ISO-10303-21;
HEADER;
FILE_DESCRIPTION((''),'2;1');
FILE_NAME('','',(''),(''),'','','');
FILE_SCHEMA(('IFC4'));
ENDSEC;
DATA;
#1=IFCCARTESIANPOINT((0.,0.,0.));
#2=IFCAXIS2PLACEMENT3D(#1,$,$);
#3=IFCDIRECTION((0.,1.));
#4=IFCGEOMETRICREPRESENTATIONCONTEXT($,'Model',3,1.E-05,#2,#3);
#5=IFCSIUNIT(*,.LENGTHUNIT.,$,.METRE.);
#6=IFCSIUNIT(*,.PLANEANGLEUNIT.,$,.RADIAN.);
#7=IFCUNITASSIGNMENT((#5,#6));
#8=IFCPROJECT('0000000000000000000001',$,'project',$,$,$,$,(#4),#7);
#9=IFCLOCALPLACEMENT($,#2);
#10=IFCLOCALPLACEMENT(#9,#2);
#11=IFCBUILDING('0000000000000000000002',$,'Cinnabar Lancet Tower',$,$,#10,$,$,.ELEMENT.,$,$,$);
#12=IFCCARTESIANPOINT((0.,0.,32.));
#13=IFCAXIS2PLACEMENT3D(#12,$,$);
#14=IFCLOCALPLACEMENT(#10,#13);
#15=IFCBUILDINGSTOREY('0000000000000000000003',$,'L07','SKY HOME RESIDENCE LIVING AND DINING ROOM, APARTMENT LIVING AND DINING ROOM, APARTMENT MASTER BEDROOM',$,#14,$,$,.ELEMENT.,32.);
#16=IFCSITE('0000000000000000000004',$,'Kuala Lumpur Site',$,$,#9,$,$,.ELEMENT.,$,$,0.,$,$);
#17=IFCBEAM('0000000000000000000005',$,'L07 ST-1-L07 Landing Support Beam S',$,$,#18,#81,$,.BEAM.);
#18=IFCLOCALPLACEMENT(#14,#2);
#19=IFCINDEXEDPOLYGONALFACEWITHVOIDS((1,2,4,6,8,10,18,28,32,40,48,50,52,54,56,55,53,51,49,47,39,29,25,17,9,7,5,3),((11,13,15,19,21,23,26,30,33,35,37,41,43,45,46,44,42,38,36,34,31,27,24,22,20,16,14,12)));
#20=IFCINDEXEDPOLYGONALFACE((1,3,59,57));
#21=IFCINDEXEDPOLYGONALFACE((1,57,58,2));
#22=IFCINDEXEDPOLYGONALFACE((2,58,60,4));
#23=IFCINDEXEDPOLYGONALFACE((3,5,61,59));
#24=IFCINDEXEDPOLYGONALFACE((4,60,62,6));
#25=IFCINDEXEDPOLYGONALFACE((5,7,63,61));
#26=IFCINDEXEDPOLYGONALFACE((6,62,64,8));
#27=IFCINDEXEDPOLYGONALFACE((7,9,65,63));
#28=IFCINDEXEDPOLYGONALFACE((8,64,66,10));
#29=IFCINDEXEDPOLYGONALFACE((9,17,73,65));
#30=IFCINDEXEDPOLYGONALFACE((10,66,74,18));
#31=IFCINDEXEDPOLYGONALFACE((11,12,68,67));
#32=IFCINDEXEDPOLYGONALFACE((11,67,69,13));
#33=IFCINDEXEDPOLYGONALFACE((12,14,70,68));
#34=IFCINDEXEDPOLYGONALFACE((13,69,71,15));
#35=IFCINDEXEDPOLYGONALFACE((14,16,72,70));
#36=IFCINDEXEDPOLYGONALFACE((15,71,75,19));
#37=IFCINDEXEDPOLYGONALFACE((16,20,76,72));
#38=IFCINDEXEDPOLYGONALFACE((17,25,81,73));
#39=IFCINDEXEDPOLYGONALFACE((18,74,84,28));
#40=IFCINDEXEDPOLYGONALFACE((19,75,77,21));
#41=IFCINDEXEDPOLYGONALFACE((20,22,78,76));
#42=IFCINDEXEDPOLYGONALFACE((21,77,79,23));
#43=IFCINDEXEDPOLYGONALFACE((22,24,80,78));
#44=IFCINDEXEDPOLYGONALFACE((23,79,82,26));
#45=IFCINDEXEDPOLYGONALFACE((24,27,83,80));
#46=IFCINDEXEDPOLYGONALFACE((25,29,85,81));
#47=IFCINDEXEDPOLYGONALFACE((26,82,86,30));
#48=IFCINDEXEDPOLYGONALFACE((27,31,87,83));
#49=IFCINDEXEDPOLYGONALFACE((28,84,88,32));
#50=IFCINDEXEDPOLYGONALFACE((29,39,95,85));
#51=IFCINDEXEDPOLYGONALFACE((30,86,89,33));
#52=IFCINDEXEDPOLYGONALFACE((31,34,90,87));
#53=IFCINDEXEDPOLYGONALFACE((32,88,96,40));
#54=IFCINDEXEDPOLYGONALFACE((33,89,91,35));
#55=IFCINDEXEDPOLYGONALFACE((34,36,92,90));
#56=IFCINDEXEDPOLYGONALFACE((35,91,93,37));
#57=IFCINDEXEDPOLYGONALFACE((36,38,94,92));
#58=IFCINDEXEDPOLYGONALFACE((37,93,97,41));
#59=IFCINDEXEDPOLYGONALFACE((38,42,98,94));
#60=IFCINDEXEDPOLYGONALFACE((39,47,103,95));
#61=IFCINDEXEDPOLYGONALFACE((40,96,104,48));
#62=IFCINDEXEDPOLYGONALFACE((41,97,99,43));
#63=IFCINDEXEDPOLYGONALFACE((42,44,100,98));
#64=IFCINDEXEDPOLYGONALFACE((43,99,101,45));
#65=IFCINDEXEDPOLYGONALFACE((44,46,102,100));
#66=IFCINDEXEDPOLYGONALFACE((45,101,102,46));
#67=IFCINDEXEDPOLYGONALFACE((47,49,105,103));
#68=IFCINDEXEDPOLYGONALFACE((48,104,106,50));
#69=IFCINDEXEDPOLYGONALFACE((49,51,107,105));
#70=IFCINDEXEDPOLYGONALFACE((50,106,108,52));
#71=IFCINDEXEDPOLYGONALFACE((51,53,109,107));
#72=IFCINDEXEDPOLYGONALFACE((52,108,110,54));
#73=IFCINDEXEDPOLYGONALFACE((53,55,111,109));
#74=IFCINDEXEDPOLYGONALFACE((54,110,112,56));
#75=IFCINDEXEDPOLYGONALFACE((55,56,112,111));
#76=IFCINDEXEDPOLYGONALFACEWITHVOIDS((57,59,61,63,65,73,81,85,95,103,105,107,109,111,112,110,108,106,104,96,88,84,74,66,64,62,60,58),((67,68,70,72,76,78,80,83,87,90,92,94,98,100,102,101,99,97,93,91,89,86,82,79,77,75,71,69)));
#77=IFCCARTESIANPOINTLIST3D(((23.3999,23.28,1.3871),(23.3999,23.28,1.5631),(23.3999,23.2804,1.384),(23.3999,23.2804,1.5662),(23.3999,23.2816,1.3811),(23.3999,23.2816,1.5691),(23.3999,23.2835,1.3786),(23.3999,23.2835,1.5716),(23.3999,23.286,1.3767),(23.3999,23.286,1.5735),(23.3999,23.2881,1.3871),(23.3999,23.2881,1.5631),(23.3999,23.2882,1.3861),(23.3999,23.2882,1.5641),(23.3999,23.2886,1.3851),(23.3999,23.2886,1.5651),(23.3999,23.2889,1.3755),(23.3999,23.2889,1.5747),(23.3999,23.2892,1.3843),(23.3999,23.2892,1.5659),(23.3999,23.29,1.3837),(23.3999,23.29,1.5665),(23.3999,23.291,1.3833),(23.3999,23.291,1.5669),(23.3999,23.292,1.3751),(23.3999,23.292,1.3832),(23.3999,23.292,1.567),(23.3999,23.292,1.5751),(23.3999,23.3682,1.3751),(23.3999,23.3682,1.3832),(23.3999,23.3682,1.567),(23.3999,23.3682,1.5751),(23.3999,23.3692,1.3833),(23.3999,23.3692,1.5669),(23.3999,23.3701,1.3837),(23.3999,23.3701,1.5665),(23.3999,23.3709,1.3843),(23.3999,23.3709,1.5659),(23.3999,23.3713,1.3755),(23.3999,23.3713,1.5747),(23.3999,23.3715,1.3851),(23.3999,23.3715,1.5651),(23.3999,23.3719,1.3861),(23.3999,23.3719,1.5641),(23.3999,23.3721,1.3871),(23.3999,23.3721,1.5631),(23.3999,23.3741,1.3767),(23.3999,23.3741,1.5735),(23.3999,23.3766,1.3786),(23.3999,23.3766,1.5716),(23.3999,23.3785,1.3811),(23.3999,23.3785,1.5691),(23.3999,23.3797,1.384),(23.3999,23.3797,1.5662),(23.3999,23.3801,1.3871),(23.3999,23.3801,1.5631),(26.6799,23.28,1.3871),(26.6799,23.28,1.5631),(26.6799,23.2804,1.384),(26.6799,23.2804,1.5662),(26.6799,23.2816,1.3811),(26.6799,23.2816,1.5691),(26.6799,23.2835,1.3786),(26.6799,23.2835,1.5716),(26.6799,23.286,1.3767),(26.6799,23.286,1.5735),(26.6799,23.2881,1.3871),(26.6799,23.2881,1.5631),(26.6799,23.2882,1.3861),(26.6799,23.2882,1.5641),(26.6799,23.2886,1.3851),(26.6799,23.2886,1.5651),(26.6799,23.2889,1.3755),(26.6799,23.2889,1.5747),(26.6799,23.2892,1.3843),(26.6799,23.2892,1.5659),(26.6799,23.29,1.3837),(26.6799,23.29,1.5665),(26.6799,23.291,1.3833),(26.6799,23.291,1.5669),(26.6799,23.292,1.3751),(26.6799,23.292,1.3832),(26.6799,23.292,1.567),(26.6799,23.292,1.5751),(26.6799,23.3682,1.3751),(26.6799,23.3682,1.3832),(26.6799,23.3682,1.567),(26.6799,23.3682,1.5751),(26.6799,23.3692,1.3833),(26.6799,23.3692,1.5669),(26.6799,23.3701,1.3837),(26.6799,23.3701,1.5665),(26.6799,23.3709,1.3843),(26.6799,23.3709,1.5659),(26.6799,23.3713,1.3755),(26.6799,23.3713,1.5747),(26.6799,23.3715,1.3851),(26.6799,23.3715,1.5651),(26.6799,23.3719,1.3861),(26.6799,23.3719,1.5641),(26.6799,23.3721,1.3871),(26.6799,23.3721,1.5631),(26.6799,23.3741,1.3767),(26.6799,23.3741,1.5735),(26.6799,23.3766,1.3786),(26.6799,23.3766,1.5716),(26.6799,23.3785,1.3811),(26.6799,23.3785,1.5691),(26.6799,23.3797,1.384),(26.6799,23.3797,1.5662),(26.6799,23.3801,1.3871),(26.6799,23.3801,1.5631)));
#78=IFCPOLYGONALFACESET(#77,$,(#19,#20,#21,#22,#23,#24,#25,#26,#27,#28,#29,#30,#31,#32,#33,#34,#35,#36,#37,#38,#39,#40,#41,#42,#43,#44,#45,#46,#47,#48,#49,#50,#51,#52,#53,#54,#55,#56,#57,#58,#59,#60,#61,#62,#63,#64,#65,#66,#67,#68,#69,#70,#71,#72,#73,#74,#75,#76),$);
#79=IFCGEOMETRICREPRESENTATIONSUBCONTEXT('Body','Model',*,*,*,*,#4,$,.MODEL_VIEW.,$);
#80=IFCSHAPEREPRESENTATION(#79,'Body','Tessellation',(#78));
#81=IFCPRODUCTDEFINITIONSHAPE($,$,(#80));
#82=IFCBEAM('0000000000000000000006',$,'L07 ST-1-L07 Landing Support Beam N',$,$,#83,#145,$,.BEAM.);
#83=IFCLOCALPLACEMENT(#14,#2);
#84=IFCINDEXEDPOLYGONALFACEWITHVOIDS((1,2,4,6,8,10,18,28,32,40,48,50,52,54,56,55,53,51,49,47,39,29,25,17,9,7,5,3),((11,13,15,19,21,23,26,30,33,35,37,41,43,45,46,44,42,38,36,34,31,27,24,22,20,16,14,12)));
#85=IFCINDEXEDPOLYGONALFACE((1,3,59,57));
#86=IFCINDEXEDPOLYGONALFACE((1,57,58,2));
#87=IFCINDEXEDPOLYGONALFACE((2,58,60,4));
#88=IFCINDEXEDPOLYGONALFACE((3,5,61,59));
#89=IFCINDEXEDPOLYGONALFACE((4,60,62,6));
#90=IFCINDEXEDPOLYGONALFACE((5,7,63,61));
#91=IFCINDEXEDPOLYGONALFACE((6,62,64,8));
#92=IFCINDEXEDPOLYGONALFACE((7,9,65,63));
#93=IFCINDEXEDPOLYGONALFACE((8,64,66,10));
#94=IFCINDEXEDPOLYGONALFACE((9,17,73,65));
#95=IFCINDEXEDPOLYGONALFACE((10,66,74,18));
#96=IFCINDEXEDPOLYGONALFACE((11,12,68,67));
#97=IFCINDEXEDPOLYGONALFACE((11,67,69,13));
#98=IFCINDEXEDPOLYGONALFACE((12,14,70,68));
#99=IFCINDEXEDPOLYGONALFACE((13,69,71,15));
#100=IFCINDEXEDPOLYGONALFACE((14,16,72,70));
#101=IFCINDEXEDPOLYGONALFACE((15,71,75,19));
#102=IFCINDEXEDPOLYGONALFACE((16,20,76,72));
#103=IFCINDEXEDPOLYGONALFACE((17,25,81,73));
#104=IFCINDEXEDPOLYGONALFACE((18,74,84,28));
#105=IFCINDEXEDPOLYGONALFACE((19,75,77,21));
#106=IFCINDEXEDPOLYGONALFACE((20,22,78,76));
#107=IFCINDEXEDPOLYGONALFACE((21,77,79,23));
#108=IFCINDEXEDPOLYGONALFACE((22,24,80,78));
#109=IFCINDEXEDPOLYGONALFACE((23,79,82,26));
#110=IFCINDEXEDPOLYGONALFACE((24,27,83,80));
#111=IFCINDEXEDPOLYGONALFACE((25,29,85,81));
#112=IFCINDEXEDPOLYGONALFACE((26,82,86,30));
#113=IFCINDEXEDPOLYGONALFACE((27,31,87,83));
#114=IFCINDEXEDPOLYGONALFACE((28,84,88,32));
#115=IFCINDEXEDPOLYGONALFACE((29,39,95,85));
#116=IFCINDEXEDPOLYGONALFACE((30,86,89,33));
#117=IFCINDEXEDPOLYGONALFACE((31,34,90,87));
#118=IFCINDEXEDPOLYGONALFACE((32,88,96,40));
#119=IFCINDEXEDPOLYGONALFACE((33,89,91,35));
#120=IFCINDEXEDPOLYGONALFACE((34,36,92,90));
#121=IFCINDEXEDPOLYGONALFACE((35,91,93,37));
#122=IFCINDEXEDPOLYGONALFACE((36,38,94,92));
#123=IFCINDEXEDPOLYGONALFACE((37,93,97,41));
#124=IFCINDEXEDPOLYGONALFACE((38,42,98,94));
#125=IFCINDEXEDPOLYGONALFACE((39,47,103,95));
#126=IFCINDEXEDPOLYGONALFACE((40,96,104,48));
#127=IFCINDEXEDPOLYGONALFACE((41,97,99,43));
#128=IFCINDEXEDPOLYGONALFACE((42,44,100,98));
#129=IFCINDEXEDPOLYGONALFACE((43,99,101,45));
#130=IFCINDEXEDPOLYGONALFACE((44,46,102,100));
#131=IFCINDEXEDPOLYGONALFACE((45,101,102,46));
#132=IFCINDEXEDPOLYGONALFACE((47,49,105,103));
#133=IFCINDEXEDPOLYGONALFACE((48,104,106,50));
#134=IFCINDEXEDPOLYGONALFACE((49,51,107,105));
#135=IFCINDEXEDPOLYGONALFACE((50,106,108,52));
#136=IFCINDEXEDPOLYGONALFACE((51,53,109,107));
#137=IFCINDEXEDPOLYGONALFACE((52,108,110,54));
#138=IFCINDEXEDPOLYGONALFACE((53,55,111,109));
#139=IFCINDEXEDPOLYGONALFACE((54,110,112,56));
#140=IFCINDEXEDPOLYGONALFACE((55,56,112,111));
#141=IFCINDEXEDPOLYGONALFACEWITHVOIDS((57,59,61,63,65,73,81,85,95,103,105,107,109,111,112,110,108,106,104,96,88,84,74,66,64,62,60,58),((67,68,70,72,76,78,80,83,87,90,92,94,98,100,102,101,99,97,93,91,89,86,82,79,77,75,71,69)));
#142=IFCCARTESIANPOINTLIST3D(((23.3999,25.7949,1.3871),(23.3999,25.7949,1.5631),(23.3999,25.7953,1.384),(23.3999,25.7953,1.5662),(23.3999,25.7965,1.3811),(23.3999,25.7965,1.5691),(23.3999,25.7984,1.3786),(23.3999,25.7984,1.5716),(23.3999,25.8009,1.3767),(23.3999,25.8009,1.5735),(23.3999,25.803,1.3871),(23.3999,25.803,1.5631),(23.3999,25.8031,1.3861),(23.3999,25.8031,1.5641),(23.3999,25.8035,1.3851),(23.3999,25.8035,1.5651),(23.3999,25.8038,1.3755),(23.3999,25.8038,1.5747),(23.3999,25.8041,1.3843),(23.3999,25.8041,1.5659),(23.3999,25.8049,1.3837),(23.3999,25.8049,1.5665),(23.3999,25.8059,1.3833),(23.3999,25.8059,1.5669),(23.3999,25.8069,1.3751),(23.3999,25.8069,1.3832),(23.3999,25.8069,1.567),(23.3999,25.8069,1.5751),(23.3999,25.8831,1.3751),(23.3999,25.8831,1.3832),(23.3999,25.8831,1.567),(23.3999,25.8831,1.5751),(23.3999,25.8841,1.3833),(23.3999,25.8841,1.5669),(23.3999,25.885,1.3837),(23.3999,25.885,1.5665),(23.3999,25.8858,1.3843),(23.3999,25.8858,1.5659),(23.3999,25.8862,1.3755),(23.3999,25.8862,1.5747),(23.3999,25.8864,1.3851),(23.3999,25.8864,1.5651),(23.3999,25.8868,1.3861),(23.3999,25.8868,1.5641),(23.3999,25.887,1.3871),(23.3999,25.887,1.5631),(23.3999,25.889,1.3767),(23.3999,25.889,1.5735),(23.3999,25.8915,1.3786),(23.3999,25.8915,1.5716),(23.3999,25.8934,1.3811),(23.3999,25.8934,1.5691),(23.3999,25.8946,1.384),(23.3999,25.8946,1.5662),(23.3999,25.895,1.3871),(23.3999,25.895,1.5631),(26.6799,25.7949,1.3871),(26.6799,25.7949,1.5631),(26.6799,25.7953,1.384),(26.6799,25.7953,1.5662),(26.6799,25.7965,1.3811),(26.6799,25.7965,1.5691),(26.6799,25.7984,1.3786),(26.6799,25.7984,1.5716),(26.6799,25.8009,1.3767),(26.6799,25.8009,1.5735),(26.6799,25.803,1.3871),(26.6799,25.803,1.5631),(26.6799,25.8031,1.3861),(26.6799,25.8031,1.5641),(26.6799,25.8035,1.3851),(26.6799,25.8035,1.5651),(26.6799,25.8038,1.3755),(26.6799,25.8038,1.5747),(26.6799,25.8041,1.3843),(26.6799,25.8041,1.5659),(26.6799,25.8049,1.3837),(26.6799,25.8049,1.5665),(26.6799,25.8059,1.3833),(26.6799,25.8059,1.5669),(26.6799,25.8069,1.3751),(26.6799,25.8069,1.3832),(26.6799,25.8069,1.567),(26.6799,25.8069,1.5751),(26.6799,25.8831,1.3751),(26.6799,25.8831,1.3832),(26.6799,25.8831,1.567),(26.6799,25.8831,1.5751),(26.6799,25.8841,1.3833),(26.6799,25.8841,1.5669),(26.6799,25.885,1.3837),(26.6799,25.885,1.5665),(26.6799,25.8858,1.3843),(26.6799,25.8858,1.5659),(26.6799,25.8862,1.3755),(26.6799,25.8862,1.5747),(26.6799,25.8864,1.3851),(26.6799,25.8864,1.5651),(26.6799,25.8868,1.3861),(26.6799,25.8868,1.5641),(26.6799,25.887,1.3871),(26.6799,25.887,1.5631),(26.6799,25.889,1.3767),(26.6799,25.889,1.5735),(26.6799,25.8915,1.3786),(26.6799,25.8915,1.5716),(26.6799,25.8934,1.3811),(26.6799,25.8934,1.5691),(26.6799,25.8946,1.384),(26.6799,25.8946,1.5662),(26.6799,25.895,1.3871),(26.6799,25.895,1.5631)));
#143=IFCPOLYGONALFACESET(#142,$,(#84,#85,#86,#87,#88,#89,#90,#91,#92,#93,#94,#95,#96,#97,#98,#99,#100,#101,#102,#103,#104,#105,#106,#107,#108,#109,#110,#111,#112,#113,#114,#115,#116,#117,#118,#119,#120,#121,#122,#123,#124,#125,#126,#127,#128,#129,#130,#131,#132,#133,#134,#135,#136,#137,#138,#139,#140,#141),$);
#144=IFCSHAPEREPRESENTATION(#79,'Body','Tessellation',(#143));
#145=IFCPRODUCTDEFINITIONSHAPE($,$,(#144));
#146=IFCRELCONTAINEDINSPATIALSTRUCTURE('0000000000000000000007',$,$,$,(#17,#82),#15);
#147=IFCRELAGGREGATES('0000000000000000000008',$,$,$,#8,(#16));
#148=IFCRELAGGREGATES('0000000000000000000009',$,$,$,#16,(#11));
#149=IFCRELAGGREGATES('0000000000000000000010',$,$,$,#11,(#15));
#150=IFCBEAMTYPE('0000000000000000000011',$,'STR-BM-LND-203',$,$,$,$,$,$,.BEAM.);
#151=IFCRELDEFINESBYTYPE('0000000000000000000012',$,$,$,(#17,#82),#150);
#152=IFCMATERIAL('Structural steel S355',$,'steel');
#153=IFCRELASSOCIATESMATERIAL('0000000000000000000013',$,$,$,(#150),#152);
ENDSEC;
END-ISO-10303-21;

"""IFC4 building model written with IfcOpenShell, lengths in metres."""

from ifc_helpers import new_model, si_unit, direction, frame, origin, origin_2d, place, context, subcontext, project, spatial, hollow_rectangle, extrude, material, material_profile, profile_set, type_object, element, save


model = new_model("IFC4")

# Units and contexts
model_context = context("Model", 3, precision=1e-05, world=origin(), true_north=direction((0.0, 1.0)))
body_context = subcontext(model_context, "Body", "Model", "MODEL_VIEW")
ifc_project = project(units=[si_unit("LENGTHUNIT", "METRE"), si_unit("PLANEANGLEUNIT", "RADIAN")], contexts=[model_context])

# Site, building, storey
site_placement = place(None, origin())
site = spatial("IfcSite", under=ifc_project, at=site_placement, Name="Kuala Lumpur Site", CompositionType="ELEMENT", RefElevation=0.0)
building_placement = place(site_placement, origin())
building = spatial("IfcBuilding", under=site, at=building_placement, Name="Cinnabar Lancet Tower", CompositionType="ELEMENT")
storey_placement = place(building_placement, frame((0.0, 0.0, 32.0)))
storey = spatial("IfcBuildingStorey", under=building, at=storey_placement, Name="L07", Description="SKY HOME RESIDENCE LIVING AND DINING ROOM, APARTMENT LIVING AND DINING ROOM, APARTMENT MASTER BEDROOM", CompositionType="ELEMENT", Elevation=32.0)

# Beams
ifc_material_1 = material(Name="Structural steel S355", Category="steel")
ifc_material_profile = material_profile(ifc_material_1, hollow_rectangle(XDim=0.1001, YDim=0.2, WallThickness=0.0081, InnerFilletRadius=0.0039, OuterFilletRadius=0.012, at=origin_2d()), Name="RHS 200x100x8")
ifc_profile_set = profile_set([ifc_material_profile], Name="Structural steel S355")
beam_type = type_object("IfcBeamType", Name="STR-BM-LND-203", PredefinedType="BEAM", material=ifc_profile_set)
for number, where, z_axis, x_axis, name in (
    (1, (23.3999, 23.3301, 1.4751), (1.0, 0.0, 0.0), (0.0, 1.0, 0.0), "L07 ST-1-L07 Landing Support Beam S"),
    (2, (23.3999, 25.845, 1.4751), (1.0, 0.0, 0.0), (0.0, 1.0, 0.0), "L07 ST-1-L07 Landing Support Beam N"),
):
    element("IfcBeam", number, at=place(storey_placement, frame(where, z_axis=z_axis, x_axis=x_axis)), inside=storey, type_object=beam_type, Name=name, PredefinedType="BEAM", context=body_context, shape_type="SweptSolid", body=[
        extrude(hollow_rectangle(XDim=0.1001, YDim=0.2, WallThickness=0.0081, InnerFilletRadius=0.0039, OuterFilletRadius=0.012, at=origin_2d()), origin(), (0.0, 0.0, 1.0), 3.28),
    ])

save(model, "model.ifc")
